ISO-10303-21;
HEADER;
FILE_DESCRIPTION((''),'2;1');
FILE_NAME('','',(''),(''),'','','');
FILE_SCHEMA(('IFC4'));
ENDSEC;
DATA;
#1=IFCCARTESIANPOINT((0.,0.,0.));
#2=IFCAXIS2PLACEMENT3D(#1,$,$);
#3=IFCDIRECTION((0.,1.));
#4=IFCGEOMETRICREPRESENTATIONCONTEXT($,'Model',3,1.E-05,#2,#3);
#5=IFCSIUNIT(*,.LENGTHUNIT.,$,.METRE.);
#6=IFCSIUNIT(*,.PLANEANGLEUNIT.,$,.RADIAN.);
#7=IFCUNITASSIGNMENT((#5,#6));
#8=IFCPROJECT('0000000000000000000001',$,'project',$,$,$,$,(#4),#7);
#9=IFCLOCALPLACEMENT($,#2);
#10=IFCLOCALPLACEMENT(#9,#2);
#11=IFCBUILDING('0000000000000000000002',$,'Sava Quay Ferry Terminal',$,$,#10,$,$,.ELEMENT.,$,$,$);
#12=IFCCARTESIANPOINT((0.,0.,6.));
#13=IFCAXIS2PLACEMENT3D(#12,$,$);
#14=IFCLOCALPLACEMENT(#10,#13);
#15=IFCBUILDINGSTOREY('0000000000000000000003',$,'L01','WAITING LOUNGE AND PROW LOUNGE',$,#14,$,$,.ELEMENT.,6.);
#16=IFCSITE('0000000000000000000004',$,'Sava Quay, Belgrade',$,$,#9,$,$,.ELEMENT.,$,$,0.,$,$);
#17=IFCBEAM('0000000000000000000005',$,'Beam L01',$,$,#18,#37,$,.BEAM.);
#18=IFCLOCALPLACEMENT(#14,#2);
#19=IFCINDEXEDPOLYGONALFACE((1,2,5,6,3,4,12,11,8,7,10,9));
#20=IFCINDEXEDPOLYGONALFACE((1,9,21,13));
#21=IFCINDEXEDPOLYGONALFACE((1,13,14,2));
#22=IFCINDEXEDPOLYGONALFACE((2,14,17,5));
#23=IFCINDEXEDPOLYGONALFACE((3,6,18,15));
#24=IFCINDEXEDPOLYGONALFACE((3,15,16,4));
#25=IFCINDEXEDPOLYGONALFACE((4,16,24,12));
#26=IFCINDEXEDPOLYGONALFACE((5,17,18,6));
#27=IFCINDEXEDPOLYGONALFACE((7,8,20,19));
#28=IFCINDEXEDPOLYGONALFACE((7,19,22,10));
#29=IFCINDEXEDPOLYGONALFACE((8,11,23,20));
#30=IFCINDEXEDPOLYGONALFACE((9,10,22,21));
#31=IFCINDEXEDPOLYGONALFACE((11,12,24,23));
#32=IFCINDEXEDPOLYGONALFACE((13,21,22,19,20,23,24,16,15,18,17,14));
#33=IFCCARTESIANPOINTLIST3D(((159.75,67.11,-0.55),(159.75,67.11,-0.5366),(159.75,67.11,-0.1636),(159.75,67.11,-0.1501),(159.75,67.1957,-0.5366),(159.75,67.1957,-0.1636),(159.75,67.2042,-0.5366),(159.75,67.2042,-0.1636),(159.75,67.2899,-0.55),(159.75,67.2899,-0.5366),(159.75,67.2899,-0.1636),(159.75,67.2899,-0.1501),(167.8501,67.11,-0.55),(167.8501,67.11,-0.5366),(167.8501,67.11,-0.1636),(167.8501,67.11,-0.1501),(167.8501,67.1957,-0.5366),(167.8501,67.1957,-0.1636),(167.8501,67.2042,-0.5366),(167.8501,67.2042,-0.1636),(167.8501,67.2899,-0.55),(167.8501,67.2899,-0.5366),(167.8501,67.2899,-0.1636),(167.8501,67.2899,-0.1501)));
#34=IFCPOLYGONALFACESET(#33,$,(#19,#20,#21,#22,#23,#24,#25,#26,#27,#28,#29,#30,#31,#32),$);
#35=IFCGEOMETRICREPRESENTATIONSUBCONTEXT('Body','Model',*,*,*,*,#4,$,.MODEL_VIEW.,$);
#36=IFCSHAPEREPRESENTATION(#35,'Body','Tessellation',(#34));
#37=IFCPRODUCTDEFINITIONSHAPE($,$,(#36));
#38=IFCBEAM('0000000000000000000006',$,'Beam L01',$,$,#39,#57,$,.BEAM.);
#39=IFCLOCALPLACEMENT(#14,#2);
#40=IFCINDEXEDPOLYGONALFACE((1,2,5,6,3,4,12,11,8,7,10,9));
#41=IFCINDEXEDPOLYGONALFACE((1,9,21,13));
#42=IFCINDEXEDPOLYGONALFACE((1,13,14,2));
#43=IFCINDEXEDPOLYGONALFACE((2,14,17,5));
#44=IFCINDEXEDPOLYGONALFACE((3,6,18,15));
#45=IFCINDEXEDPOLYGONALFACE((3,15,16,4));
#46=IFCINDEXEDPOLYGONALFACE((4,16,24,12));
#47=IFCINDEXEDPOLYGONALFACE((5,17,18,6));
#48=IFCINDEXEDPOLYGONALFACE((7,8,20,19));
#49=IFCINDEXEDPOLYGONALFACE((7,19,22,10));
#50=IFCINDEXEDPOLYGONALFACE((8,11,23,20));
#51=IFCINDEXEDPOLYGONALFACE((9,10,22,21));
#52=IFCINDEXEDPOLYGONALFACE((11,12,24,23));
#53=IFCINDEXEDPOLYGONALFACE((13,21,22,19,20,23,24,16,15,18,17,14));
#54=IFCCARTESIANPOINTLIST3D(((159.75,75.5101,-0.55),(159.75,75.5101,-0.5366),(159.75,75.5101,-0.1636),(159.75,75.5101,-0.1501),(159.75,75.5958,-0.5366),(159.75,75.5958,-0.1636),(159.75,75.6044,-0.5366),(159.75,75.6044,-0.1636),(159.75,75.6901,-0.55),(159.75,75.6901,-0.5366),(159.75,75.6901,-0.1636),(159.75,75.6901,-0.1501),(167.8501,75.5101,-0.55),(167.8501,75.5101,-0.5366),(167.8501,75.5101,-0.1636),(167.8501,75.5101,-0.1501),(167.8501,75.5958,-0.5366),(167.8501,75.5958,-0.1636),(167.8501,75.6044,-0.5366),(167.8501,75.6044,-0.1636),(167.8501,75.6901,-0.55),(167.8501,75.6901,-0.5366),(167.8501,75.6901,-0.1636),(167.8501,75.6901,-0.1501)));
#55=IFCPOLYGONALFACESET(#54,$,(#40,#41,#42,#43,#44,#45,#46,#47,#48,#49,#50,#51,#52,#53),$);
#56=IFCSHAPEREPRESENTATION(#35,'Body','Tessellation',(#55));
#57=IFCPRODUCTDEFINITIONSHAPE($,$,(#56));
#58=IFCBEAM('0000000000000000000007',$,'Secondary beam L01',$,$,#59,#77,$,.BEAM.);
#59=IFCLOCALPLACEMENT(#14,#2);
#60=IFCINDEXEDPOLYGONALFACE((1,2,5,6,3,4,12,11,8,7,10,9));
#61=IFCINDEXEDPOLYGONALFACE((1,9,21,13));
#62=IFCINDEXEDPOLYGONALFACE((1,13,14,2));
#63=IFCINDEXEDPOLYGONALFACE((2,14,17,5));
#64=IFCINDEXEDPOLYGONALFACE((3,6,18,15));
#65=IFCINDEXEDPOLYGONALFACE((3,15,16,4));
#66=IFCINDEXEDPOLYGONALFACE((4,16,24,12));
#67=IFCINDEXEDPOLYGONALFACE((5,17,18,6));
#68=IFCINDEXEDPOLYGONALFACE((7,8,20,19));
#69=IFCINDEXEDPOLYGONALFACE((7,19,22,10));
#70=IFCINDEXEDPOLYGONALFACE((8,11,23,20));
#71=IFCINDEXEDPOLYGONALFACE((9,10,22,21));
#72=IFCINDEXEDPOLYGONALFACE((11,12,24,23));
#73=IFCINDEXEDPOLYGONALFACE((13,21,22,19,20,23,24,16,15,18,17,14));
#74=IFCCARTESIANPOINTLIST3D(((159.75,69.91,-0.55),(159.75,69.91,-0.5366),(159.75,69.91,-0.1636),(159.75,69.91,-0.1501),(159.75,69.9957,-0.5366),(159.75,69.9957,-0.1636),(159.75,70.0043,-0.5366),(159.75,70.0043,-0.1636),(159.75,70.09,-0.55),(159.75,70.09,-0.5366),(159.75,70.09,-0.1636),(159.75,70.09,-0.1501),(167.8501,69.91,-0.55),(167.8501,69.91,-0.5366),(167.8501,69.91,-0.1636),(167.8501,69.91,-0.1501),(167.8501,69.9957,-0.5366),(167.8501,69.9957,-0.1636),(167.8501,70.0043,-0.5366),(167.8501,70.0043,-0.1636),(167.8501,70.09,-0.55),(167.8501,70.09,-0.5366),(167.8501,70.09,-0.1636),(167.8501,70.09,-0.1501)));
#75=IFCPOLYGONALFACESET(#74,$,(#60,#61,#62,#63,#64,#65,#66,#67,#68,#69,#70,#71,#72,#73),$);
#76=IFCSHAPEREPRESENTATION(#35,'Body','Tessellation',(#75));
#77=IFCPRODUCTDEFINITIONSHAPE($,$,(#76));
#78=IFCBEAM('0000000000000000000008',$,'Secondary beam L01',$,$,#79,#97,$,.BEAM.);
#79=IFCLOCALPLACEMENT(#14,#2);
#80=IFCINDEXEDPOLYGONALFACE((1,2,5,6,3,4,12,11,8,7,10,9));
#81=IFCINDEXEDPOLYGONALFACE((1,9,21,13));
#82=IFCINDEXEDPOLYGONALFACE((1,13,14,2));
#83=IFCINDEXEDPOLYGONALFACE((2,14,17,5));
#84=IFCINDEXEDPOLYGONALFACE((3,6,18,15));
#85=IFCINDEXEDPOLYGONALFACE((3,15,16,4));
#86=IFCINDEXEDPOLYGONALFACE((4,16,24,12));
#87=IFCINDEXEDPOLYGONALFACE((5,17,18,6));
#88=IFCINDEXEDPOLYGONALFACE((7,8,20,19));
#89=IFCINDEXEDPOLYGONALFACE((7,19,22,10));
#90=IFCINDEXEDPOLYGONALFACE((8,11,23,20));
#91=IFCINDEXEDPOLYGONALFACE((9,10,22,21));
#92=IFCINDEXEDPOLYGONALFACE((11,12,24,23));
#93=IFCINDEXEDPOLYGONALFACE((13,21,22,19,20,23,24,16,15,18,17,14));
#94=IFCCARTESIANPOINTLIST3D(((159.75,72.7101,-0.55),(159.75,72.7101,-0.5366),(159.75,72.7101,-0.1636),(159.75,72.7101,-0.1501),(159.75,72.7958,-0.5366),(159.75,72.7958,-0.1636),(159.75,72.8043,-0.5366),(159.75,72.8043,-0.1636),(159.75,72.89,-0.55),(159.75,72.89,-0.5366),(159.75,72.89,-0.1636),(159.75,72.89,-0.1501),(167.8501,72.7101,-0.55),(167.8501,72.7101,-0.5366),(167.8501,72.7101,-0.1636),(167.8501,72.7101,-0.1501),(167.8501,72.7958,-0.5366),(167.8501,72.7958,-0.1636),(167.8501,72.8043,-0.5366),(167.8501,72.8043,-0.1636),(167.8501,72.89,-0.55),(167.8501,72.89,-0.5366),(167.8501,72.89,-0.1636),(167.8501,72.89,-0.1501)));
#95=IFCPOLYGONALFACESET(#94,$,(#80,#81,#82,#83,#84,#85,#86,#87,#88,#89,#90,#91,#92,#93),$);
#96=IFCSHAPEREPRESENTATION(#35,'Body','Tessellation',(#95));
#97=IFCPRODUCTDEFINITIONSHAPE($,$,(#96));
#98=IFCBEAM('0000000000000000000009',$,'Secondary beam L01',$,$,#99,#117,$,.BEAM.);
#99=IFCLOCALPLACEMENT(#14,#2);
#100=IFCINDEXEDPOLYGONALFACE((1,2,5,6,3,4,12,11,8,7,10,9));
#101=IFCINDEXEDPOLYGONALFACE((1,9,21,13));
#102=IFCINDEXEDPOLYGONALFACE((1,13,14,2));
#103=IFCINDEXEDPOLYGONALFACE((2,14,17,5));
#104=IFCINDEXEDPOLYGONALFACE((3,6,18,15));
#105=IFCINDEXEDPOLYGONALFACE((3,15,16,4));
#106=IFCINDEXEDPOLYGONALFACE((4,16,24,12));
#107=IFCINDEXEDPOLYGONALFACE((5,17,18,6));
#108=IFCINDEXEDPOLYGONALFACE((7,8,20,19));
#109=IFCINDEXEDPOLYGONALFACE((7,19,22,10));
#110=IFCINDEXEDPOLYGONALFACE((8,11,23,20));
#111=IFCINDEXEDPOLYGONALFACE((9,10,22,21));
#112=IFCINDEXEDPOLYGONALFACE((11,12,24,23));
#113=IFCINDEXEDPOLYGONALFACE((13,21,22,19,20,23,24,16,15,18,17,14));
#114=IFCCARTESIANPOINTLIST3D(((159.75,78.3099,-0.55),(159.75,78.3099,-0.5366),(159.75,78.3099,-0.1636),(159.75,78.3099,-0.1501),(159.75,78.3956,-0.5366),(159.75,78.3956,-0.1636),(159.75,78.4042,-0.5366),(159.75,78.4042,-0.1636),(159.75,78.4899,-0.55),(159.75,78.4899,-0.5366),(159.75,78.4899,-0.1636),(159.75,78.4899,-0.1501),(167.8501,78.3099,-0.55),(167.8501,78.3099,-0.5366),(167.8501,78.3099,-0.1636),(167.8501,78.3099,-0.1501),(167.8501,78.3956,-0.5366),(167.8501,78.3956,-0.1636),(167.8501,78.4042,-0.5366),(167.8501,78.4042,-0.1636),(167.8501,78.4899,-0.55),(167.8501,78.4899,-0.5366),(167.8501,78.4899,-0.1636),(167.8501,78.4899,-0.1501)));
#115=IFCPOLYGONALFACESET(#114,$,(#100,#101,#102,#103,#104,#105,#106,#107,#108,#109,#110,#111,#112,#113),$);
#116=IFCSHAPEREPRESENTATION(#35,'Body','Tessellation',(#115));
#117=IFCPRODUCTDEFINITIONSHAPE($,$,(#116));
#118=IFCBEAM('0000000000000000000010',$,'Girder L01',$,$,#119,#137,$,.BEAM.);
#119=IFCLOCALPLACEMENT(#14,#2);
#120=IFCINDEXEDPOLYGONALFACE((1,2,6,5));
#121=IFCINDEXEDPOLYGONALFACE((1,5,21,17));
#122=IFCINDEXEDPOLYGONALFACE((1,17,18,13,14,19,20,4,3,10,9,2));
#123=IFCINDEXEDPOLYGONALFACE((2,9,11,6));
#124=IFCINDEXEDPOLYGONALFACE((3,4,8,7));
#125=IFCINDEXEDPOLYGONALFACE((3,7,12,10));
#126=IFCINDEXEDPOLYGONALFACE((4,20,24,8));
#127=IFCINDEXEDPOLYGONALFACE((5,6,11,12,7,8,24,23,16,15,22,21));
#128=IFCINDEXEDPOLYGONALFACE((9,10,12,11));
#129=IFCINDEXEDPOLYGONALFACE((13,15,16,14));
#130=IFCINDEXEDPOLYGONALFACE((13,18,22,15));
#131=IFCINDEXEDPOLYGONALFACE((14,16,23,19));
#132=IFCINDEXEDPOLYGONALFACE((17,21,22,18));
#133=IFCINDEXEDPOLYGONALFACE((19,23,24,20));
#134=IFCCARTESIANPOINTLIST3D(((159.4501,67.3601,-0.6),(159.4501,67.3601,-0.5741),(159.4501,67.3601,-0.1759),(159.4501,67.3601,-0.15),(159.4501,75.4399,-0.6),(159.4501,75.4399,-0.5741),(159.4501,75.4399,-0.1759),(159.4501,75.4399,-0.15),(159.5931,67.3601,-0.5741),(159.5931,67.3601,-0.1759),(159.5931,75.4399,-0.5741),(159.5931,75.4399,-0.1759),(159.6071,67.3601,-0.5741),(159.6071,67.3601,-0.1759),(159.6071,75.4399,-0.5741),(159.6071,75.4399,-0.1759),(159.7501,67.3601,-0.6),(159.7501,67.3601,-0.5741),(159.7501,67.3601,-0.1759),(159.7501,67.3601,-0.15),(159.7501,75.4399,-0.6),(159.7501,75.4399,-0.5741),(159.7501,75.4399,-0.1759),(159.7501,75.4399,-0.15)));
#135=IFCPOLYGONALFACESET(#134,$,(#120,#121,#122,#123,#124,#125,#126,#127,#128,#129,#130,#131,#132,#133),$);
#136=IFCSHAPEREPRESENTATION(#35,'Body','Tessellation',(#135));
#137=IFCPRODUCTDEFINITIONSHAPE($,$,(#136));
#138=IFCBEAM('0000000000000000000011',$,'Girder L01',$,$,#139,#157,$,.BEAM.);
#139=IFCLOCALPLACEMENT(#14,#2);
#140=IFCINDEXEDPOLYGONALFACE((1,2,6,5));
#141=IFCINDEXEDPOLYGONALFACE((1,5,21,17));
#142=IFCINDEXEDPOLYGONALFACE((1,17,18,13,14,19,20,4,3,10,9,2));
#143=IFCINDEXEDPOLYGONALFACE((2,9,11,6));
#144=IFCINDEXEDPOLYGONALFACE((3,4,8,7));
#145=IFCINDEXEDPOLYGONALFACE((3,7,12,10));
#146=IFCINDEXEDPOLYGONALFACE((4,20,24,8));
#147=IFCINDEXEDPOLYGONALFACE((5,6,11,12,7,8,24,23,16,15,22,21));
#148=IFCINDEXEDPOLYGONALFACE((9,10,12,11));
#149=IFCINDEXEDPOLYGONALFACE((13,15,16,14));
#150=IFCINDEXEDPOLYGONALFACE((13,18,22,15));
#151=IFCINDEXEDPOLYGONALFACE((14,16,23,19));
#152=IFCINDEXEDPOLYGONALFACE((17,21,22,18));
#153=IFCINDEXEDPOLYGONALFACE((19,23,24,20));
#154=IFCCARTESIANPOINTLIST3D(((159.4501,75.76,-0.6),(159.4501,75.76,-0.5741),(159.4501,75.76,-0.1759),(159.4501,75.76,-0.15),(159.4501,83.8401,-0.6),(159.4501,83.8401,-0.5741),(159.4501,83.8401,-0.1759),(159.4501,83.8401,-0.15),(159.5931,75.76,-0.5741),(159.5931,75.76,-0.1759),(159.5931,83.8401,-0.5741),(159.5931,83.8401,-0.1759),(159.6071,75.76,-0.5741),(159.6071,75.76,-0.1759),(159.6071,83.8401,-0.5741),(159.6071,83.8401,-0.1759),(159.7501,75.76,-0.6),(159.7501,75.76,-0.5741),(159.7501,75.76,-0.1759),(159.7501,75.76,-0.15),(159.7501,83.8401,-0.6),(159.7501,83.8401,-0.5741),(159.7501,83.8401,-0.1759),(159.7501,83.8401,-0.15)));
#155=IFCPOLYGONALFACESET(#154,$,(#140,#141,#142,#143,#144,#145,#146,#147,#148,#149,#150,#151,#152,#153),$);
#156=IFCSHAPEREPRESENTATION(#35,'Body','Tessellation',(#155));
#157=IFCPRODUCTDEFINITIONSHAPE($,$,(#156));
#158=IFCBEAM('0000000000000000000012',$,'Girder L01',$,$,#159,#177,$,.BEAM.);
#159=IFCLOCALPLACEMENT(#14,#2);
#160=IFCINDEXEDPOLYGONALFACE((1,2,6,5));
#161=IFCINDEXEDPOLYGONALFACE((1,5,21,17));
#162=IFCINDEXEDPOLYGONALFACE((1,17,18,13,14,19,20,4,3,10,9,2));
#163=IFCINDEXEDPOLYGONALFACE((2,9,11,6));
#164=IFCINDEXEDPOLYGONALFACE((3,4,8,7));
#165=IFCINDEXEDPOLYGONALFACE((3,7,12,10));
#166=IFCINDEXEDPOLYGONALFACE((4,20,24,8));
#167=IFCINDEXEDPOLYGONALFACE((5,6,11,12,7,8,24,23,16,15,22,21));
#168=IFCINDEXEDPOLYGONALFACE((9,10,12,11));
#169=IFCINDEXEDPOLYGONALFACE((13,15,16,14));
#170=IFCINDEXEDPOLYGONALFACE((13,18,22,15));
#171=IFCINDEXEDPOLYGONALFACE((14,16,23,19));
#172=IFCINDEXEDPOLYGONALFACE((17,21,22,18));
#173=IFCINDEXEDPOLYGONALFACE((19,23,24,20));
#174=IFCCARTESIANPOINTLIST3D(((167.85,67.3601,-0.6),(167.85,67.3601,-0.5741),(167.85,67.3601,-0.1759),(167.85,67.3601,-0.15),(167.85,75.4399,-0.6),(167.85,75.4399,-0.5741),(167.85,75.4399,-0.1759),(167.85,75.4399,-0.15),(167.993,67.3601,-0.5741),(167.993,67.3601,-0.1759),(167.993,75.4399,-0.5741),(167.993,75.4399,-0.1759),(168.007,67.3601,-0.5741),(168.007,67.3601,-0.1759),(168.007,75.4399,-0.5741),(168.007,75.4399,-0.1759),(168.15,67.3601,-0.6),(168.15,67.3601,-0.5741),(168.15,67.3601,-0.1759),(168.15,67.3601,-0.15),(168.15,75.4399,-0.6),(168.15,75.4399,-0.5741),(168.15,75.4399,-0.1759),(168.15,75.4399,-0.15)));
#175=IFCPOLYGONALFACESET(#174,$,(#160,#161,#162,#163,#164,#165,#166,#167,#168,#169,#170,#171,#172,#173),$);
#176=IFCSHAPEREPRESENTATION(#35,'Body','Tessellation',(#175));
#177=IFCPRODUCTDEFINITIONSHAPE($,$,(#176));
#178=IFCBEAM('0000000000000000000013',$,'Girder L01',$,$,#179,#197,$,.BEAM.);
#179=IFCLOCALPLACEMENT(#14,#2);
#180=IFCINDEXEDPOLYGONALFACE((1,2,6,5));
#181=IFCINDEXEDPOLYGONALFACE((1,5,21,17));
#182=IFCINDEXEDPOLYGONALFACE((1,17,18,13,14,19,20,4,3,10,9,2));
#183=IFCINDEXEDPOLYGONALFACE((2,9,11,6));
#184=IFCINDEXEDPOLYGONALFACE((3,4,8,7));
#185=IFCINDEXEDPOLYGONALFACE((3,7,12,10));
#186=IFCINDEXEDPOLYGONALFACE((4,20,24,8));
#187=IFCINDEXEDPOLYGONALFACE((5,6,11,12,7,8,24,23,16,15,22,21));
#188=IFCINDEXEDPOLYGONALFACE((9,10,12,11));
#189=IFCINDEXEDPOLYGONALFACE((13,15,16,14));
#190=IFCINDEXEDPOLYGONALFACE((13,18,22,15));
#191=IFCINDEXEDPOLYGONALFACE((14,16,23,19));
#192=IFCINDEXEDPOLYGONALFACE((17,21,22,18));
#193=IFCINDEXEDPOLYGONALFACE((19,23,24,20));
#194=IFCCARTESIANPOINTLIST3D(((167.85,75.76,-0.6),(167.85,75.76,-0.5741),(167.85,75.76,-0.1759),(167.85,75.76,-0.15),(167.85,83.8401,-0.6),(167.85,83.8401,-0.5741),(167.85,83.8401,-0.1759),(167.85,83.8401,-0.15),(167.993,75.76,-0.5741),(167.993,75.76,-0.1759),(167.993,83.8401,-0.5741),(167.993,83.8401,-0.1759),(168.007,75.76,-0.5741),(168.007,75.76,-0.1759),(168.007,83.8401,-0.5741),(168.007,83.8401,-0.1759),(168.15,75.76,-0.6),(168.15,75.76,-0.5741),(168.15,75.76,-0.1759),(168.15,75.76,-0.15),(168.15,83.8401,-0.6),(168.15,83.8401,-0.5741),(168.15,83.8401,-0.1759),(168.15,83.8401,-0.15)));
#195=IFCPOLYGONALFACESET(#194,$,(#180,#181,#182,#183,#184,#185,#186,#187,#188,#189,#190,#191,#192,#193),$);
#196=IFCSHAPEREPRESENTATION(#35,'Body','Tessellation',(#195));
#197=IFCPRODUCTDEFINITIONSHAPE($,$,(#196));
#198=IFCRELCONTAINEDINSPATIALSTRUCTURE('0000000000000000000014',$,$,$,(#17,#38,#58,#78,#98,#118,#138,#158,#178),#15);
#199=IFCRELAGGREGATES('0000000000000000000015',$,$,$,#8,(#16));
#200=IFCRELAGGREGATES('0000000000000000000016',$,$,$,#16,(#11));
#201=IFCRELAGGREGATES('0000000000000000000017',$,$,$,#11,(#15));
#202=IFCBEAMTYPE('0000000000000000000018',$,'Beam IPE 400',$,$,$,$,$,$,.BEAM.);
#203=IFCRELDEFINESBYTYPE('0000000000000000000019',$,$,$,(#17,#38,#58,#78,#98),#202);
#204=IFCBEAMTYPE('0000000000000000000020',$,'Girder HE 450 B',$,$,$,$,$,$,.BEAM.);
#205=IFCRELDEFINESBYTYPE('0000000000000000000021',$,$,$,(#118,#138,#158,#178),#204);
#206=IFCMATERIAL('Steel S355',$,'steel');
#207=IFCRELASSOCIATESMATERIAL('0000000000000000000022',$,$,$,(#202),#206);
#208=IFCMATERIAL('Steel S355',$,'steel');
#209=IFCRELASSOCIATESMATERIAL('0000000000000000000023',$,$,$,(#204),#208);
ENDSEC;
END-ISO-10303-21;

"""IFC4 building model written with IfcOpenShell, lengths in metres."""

from ifc_helpers import new_model, si_unit, direction, frame, origin, origin_2d, place, context, subcontext, project, spatial, i_section, extrude, material, material_profile, profile_set, type_object, element, save


model = new_model("IFC4")

# Units and contexts
model_context = context("Model", 3, precision=1e-05, world=origin(), true_north=direction((0.0, 1.0)))
body_context = subcontext(model_context, "Body", "Model", "MODEL_VIEW")
ifc_project = project(units=[si_unit("LENGTHUNIT", "METRE"), si_unit("PLANEANGLEUNIT", "RADIAN")], contexts=[model_context])

# Site, building, storey
site_placement = place(None, origin())
site = spatial("IfcSite", under=ifc_project, at=site_placement, Name="Sava Quay, Belgrade", CompositionType="ELEMENT", RefElevation=0.0)
building_placement = place(site_placement, origin())
building = spatial("IfcBuilding", under=site, at=building_placement, Name="Sava Quay Ferry Terminal", CompositionType="ELEMENT")
storey_placement = place(building_placement, frame((0.0, 0.0, 6.0)))
storey = spatial("IfcBuildingStorey", under=building, at=storey_placement, Name="L01", Description="WAITING LOUNGE AND PROW LOUNGE", CompositionType="ELEMENT", Elevation=6.0)

# Beams
ifc_material_1 = material(Name="Steel S355", Category="steel")
ifc_material_profile_1 = material_profile(ifc_material_1, i_section(OverallWidth=0.1799, OverallDepth=0.3999, WebThickness=0.0085, FlangeThickness=0.0134, at=origin_2d()), Name="IPE 400")
ifc_profile_set_1 = profile_set([ifc_material_profile_1], Name="Steel S355")
beam_type_1 = type_object("IfcBeamType", Name="Beam IPE 400", PredefinedType="BEAM", material=ifc_profile_set_1)
for number, where, z_axis, x_axis, name in (
    (1, (159.75, 67.2, -0.3501), (1.0, 0.0, 0.0), (0.0, 1.0, 0.0), "Beam L01"),
    (2, (159.75, 75.6001, -0.3501), (1.0, 0.0, 0.0), (0.0, 1.0, 0.0), "Beam L01"),
    (3, (159.75, 70.0, -0.3501), (1.0, 0.0, 0.0), (0.0, 1.0, 0.0), "Secondary beam L01"),
    (4, (159.75, 72.8, -0.3501), (1.0, 0.0, 0.0), (0.0, 1.0, 0.0), "Secondary beam L01"),
    (5, (159.75, 78.3999, -0.3501), (1.0, 0.0, 0.0), (0.0, 1.0, 0.0), "Secondary beam L01"),
):
    element("IfcBeam", number, at=place(storey_placement, frame(where, z_axis=z_axis, x_axis=x_axis)), inside=storey, type_object=beam_type_1, Name=name, PredefinedType="BEAM", context=body_context, shape_type="SweptSolid", body=[
        extrude(i_section(OverallWidth=0.1799, OverallDepth=0.3999, WebThickness=0.0085, FlangeThickness=0.0134, at=origin_2d()), origin(), (0.0, 0.0, 1.0), 8.1001),
    ])
ifc_material_2 = material(Name="Steel S355", Category="steel")
ifc_material_profile_2 = material_profile(ifc_material_2, i_section(OverallWidth=0.3, OverallDepth=0.45, WebThickness=0.0139, FlangeThickness=0.0259, at=origin_2d()), Name="HE 450 B")
ifc_profile_set_2 = profile_set([ifc_material_profile_2], Name="Steel S355")
beam_type_2 = type_object("IfcBeamType", Name="Girder HE 450 B", PredefinedType="BEAM", material=ifc_profile_set_2)
beam_1_placement = place(storey_placement, frame((159.6001, 67.3601, -0.375), z_axis=(0.0, 1.0, 0.0), x_axis=(-1.0, 0.0, 0.0)))
element("IfcBeam", 6, at=beam_1_placement, inside=storey, type_object=beam_type_2, Name="Girder L01", PredefinedType="BEAM", context=body_context, shape_type="SweptSolid", body=[
    extrude(i_section(OverallWidth=0.3, OverallDepth=0.45, WebThickness=0.0139, FlangeThickness=0.0259, at=origin_2d()), origin(), (0.0, 0.0, 1.0), 8.0798),
])
beam_2_placement = place(storey_placement, frame((159.6001, 75.76, -0.375), z_axis=(0.0, 1.0, 0.0), x_axis=(-1.0, 0.0, 0.0)))
element("IfcBeam", 7, at=beam_2_placement, inside=storey, type_object=beam_type_2, Name="Girder L01", PredefinedType="BEAM", context=body_context, shape_type="SweptSolid", body=[
    extrude(i_section(OverallWidth=0.3, OverallDepth=0.45, WebThickness=0.0139, FlangeThickness=0.0259, at=origin_2d()), origin(), (0.0, 0.0, 1.0), 8.0801),
])
beam_3_placement = place(storey_placement, frame((168.0, 67.3601, -0.375), z_axis=(0.0, 1.0, 0.0), x_axis=(-1.0, 0.0, 0.0)))
element("IfcBeam", 8, at=beam_3_placement, inside=storey, type_object=beam_type_2, Name="Girder L01", PredefinedType="BEAM", context=body_context, shape_type="SweptSolid", body=[
    extrude(i_section(OverallWidth=0.3, OverallDepth=0.45, WebThickness=0.0139, FlangeThickness=0.0259, at=origin_2d()), origin(), (0.0, 0.0, 1.0), 8.0798),
])
beam_4_placement = place(storey_placement, frame((168.0, 75.76, -0.375), z_axis=(0.0, 1.0, 0.0), x_axis=(-1.0, 0.0, 0.0)))
element("IfcBeam", 9, at=beam_4_placement, inside=storey, type_object=beam_type_2, Name="Girder L01", PredefinedType="BEAM", context=body_context, shape_type="SweptSolid", body=[
    extrude(i_section(OverallWidth=0.3, OverallDepth=0.45, WebThickness=0.0139, FlangeThickness=0.0259, at=origin_2d()), origin(), (0.0, 0.0, 1.0), 8.0801),
])

save(model, "model.ifc")
